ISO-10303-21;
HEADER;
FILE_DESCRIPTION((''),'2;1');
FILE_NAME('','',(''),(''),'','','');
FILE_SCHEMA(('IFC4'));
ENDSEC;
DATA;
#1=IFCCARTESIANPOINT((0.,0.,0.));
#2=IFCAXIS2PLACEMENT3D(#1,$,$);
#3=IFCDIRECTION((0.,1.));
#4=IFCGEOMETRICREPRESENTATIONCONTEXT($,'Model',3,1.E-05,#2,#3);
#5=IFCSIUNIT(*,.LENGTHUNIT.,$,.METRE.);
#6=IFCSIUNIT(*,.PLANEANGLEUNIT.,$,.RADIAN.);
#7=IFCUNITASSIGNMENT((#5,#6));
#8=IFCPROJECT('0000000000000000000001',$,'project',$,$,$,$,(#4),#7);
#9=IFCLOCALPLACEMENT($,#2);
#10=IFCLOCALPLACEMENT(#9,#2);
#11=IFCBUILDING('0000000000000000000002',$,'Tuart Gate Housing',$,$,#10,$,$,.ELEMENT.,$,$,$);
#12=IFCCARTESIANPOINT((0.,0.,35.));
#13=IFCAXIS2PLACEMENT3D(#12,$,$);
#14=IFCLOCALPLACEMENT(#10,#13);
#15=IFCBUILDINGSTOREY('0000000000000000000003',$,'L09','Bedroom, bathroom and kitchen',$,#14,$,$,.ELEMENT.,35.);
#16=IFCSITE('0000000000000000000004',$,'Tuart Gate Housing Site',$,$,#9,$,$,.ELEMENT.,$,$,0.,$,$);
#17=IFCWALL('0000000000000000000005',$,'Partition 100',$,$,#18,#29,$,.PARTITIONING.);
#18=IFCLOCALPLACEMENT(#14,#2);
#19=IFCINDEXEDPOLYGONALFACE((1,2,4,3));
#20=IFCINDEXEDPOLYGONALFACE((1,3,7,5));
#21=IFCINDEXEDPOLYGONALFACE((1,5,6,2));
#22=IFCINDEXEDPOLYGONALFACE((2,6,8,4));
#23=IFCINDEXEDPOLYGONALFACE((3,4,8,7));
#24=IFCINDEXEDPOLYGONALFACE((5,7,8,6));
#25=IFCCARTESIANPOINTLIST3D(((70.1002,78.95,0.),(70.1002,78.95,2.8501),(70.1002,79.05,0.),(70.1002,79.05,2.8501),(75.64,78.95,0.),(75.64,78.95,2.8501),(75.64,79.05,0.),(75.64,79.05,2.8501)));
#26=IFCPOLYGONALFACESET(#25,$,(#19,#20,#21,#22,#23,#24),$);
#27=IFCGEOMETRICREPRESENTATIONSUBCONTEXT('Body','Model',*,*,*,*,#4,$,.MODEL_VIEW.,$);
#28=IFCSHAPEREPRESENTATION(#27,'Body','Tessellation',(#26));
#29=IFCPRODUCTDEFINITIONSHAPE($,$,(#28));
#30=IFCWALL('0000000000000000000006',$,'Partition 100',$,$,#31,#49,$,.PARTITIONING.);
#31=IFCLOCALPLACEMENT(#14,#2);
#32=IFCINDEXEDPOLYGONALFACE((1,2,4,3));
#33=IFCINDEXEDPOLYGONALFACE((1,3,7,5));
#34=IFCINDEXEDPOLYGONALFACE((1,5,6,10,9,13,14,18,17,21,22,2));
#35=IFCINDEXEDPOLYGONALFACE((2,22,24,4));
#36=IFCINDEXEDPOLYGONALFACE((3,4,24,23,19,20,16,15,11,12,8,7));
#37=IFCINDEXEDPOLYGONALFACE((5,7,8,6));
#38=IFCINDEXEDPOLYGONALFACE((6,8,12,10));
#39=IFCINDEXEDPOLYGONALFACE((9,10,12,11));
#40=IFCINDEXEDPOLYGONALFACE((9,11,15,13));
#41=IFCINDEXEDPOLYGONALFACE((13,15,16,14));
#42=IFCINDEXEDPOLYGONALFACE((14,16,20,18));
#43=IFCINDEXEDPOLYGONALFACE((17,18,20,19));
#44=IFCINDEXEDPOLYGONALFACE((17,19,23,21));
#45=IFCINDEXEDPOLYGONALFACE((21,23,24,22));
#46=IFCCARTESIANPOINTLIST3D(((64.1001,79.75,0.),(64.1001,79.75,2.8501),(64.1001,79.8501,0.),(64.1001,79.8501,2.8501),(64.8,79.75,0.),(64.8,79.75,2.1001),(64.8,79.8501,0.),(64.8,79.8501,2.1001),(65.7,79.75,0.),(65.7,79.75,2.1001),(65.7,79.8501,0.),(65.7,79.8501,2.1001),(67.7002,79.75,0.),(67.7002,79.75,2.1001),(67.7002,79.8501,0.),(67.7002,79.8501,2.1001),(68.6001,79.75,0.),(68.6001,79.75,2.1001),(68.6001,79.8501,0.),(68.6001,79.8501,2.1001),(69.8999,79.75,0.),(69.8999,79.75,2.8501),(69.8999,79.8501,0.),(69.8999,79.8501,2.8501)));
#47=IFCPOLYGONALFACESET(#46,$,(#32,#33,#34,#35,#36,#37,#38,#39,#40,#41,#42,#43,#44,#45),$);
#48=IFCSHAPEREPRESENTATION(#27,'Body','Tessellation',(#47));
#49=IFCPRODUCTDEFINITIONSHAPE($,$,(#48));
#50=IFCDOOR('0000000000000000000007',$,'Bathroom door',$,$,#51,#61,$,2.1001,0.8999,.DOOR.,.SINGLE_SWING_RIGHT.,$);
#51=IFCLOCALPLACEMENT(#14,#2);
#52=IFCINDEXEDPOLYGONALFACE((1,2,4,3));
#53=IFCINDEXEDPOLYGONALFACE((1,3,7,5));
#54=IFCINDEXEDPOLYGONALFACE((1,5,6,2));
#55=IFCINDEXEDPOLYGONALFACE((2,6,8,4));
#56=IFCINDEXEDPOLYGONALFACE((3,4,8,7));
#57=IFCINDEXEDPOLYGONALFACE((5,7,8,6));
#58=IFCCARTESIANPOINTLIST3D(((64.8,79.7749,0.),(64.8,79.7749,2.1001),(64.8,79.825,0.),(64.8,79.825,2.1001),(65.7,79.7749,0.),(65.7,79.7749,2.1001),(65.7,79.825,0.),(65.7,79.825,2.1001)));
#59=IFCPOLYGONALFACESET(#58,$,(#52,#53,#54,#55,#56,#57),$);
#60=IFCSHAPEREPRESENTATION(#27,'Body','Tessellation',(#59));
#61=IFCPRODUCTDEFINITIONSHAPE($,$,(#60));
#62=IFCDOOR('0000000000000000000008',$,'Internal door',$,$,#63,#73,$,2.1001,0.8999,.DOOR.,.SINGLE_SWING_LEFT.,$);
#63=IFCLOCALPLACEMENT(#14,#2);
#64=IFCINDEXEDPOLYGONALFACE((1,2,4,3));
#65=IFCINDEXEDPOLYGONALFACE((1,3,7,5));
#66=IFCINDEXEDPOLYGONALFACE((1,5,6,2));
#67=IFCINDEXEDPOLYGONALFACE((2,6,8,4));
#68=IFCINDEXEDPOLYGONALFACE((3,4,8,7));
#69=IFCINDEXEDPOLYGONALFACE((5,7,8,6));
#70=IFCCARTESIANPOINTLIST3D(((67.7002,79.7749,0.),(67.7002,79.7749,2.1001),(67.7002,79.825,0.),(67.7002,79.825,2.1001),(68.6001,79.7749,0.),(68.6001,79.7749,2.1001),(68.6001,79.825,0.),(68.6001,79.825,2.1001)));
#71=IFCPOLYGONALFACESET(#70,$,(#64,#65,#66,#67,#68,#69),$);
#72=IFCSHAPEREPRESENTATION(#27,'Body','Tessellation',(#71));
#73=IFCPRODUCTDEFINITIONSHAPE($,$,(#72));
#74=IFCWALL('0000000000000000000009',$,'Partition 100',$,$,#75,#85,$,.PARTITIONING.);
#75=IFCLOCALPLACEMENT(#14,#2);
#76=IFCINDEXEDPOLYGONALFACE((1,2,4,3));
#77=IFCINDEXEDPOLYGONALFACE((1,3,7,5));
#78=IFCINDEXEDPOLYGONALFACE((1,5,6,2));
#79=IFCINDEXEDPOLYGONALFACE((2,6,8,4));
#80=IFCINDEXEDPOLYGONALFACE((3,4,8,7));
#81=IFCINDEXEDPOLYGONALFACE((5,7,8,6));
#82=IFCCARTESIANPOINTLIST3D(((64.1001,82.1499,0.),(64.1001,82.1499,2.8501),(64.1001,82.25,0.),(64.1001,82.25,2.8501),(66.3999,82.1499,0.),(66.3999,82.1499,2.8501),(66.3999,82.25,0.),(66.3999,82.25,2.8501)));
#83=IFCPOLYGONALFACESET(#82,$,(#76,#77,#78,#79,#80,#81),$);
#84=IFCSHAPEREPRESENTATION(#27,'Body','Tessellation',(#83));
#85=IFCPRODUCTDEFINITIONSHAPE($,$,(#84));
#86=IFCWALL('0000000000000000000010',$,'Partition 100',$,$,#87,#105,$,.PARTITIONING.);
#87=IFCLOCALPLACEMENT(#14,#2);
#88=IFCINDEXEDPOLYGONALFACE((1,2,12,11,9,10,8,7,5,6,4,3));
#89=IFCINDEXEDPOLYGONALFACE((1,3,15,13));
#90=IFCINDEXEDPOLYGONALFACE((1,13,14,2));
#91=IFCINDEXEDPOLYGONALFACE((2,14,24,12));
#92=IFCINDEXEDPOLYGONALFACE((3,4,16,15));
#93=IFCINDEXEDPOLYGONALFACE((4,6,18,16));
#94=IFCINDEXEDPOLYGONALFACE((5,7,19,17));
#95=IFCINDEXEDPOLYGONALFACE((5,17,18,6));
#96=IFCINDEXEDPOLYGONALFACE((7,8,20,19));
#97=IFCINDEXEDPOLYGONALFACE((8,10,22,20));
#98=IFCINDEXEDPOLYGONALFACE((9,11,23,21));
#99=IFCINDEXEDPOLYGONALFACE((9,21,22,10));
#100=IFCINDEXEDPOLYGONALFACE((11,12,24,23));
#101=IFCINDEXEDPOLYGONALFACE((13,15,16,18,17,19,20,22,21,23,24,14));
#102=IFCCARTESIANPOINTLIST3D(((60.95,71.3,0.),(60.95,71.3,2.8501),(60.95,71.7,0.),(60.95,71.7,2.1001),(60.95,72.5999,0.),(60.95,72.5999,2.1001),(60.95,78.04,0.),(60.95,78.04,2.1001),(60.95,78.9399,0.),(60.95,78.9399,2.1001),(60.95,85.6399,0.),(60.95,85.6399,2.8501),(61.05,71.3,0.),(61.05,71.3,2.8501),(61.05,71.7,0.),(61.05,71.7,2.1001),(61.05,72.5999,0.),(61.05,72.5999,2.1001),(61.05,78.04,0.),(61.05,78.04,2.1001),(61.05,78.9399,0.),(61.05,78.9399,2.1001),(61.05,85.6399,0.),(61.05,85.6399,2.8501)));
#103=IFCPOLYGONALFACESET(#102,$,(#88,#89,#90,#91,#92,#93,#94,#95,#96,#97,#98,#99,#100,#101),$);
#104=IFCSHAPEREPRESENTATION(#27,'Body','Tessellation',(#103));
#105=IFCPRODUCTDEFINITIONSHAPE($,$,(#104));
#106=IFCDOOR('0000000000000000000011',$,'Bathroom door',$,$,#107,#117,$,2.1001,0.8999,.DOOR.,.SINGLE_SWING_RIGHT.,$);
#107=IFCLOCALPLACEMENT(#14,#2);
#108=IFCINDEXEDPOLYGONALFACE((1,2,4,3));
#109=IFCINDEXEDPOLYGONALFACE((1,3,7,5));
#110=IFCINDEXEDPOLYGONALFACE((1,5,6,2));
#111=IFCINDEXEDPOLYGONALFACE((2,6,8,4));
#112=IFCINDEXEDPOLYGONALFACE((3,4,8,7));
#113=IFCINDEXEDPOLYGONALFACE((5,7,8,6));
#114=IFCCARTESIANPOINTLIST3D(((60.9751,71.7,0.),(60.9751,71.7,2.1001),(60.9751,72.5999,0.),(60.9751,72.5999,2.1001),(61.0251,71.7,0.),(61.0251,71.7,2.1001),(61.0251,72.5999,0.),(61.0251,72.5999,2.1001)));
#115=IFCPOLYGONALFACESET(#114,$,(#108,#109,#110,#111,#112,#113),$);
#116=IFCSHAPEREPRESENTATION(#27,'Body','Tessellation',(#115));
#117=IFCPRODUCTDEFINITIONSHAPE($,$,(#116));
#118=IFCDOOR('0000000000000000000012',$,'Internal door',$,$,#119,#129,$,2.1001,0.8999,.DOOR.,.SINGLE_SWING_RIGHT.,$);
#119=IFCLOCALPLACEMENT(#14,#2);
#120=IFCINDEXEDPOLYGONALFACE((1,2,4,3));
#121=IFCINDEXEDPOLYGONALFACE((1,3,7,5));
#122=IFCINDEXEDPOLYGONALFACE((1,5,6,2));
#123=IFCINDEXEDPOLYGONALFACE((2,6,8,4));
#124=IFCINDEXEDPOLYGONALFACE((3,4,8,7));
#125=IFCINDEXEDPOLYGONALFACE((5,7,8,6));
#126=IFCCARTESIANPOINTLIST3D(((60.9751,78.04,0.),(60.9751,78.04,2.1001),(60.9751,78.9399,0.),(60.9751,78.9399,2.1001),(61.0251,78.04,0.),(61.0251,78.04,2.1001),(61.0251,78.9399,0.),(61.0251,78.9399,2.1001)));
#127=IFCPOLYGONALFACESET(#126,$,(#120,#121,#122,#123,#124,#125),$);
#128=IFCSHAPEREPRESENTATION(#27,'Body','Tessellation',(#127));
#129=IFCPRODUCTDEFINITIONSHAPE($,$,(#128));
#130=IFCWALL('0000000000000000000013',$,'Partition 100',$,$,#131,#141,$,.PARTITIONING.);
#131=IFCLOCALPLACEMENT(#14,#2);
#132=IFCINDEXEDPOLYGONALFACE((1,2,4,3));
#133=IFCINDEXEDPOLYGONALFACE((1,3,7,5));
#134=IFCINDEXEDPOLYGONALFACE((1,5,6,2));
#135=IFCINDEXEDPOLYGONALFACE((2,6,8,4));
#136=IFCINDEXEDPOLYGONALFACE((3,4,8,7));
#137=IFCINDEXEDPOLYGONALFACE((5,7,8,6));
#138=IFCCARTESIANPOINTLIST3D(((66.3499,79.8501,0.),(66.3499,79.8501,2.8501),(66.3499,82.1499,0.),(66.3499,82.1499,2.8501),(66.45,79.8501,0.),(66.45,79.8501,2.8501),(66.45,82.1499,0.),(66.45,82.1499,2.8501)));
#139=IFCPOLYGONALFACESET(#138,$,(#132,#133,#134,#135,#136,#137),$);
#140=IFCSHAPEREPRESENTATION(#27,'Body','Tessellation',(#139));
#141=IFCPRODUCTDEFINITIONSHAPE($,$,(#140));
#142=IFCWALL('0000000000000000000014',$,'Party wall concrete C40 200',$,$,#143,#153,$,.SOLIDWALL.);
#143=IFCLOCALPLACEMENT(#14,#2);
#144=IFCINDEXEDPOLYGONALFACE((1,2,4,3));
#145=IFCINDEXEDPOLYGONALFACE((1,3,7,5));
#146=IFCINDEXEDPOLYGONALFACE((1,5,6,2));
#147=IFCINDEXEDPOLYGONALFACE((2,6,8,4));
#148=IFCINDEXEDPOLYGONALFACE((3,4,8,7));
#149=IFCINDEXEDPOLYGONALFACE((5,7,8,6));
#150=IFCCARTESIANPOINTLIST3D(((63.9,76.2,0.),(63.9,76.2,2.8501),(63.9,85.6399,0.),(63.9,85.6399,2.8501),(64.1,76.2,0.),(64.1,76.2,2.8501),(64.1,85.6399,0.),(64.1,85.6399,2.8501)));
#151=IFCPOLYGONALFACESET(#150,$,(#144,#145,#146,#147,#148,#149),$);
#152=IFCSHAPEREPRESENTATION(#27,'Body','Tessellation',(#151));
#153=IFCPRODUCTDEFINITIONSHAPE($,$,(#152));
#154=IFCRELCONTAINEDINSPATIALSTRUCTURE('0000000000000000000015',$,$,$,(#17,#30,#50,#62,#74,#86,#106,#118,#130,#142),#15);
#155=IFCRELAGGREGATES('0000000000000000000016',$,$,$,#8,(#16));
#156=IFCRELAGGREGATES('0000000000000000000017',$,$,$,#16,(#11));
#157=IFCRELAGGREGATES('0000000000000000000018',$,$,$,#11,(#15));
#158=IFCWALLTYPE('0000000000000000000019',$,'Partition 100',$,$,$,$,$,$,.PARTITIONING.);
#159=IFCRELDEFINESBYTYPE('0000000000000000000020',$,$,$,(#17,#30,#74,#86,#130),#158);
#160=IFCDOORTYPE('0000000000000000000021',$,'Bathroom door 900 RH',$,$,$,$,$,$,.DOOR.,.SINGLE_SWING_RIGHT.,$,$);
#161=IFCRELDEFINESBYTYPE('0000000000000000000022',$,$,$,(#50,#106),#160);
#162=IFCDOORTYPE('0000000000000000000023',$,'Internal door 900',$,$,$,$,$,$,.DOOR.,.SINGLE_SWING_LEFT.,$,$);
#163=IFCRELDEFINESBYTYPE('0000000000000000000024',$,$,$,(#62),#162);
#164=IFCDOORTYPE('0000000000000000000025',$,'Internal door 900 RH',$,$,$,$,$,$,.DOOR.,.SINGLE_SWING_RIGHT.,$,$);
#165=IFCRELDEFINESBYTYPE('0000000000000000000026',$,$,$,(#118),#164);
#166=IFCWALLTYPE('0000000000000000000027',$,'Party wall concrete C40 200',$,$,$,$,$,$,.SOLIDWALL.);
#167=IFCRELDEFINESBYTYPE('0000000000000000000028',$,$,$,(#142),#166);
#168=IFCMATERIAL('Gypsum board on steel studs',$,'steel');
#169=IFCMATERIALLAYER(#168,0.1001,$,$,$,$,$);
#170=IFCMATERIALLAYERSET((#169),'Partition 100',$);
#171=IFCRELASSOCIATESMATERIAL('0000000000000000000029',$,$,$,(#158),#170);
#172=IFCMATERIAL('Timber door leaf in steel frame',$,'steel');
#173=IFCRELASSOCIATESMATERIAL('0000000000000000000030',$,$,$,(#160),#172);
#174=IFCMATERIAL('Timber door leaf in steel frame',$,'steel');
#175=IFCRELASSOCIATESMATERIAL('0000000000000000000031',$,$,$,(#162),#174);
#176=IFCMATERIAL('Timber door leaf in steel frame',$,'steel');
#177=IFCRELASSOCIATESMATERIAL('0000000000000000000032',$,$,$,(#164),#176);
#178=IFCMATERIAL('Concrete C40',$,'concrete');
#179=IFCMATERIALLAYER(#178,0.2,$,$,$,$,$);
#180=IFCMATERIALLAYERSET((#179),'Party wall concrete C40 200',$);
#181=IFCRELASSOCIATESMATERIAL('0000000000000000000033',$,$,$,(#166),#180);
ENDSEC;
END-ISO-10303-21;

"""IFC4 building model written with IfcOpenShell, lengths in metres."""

from ifc_helpers import new_model, si_unit, direction, frame, frame_2d, origin, place, context, subcontext, project, spatial, rectangle, extrude, material, layer, layer_set, type_object, element, fill, save


model = new_model("IFC4")

# Units and contexts
model_context = context("Model", 3, precision=1e-05, world=origin(), true_north=direction((0.0, 1.0)))
body_context = subcontext(model_context, "Body", "Model", "MODEL_VIEW")
ifc_project = project(units=[si_unit("LENGTHUNIT", "METRE"), si_unit("PLANEANGLEUNIT", "RADIAN")], contexts=[model_context])

# Site, building, storey
site_placement = place(None, origin())
site = spatial("IfcSite", under=ifc_project, at=site_placement, Name="Tuart Gate Housing Site", CompositionType="ELEMENT", RefElevation=0.0)
building_placement = place(site_placement, origin())
building = spatial("IfcBuilding", under=site, at=building_placement, Name="Tuart Gate Housing", CompositionType="ELEMENT")
storey_placement = place(building_placement, frame((0.0, 0.0, 35.0)))
storey = spatial("IfcBuildingStorey", under=building, at=storey_placement, Name="L09", Description="Bedroom, bathroom and kitchen", CompositionType="ELEMENT", Elevation=35.0)

# Wall
ifc_material_1 = material(Name="Gypsum board on steel studs", Category="steel")
ifc_layer_1 = layer(ifc_material_1, 0.1001)
ifc_layer_set_1 = layer_set([ifc_layer_1], Name="Partition 100")
wall_type_1 = type_object("IfcWallType", Name="Partition 100", PredefinedType="PARTITIONING", material=ifc_layer_set_1)
wall_1_placement = place(storey_placement, frame((70.1001, 79.0, 0.0), z_axis=(0.0, 0.0, 1.0), x_axis=(1.0, 0.0, 0.0)))
element("IfcWall", 1, at=wall_1_placement, inside=storey, type_object=wall_type_1, Name="Partition 100", PredefinedType="PARTITIONING", context=body_context, shape_type="SweptSolid", body=[
    extrude(rectangle(XDim=5.5398, YDim=0.1001, at=frame_2d((2.77, 0.0))), origin(), (0.0, 0.0, 1.0), 2.8501),
])

# Wall, openings, doors
wall_2_placement = place(storey_placement, frame((64.1001, 79.8, 0.0), z_axis=(0.0, 0.0, 1.0), x_axis=(1.0, 0.0, 0.0)))
wall_2 = element("IfcWall", 2, at=wall_2_placement, inside=storey, type_object=wall_type_1, Name="Partition 100", PredefinedType="PARTITIONING", context=body_context, shape_type="SweptSolid", body=[
    extrude(rectangle(XDim=5.7998, YDim=0.1001, at=frame_2d((2.8999, 0.0))), origin(), (0.0, 0.0, 1.0), 2.8501),
])
opening_1_placement = place(wall_2_placement, frame((3.6001, 0.0, 0.0)))
opening_1 = element("IfcOpeningElement", 3, at=opening_1_placement, cuts=wall_2, PredefinedType="OPENING", context=body_context, shape_type="SweptSolid", body=[
    extrude(rectangle(XDim=0.8999, YDim=2.1001, at=frame_2d((0.45, 1.05))), frame((0.0, 0.0601, 0.0), z_axis=(0.0, -1.0, 0.0), x_axis=(1.0, 0.0, 0.0)), (0.0, 0.0, 1.0), 0.1201),
])
opening_2_placement = place(wall_2_placement, frame((0.7, 0.0, 0.0)))
opening_2 = element("IfcOpeningElement", 4, at=opening_2_placement, cuts=wall_2, PredefinedType="OPENING", context=body_context, shape_type="SweptSolid", body=[
    extrude(rectangle(XDim=0.8999, YDim=2.1001, at=frame_2d((0.45, 1.05))), frame((0.0, 0.0601, 0.0), z_axis=(0.0, -1.0, 0.0), x_axis=(1.0, 0.0, 0.0)), (0.0, 0.0, 1.0), 0.1201),
])
ifc_material_2 = material(Name="Timber door leaf in steel frame", Category="steel")
door_type_1 = type_object("IfcDoorType", Name="Bathroom door 900 RH", OperationType="SINGLE_SWING_RIGHT", PredefinedType="DOOR", material=ifc_material_2)
door_1_placement = place(opening_2_placement, origin())
door_1 = element("IfcDoor", 5, at=door_1_placement, inside=storey, type_object=door_type_1, Name="Bathroom door", OperationType="SINGLE_SWING_RIGHT", OverallHeight=2.1001, OverallWidth=0.8999, PredefinedType="DOOR", context=body_context, shape_type="SweptSolid", body=[
    extrude(rectangle(XDim=0.8999, YDim=2.1001, at=frame_2d((0.45, 1.05))), frame((0.0, 0.0249, 0.0), z_axis=(0.0, -1.0, 0.0), x_axis=(1.0, 0.0, 0.0)), (0.0, 0.0, 1.0), 0.05),
])
fill(opening_2, door_1)
ifc_material_3 = material(Name="Timber door leaf in steel frame", Category="steel")
door_type_2 = type_object("IfcDoorType", Name="Internal door 900", OperationType="SINGLE_SWING_LEFT", PredefinedType="DOOR", material=ifc_material_3)
door_2_placement = place(opening_1_placement, frame((0.8999, 0.0, 0.0), z_axis=(0.0, 0.0, 1.0), x_axis=(-1.0, 0.0, 0.0)))
door_2 = element("IfcDoor", 6, at=door_2_placement, inside=storey, type_object=door_type_2, Name="Internal door", OperationType="SINGLE_SWING_LEFT", OverallHeight=2.1001, OverallWidth=0.8999, PredefinedType="DOOR", context=body_context, shape_type="SweptSolid", body=[
    extrude(rectangle(XDim=0.8999, YDim=2.1001, at=frame_2d((0.45, 1.05))), frame((0.0, 0.0251, 0.0), z_axis=(0.0, -1.0, 0.0), x_axis=(1.0, 0.0, 0.0)), (0.0, 0.0, 1.0), 0.05),
])
fill(opening_1, door_2)

# Wall
wall_3_placement = place(storey_placement, frame((64.1001, 82.2, 0.0), z_axis=(0.0, 0.0, 1.0), x_axis=(1.0, 0.0, 0.0)))
element("IfcWall", 7, at=wall_3_placement, inside=storey, type_object=wall_type_1, Name="Partition 100", PredefinedType="PARTITIONING", context=body_context, shape_type="SweptSolid", body=[
    extrude(rectangle(XDim=2.2998, YDim=0.1001, at=frame_2d((1.1499, 0.0))), origin(), (0.0, 0.0, 1.0), 2.8501),
])

# Wall, openings, doors
wall_4_placement = place(storey_placement, frame((61.0, 71.3, 0.0), z_axis=(0.0, 0.0, 1.0), x_axis=(0.0, 1.0, 0.0)))
wall_4 = element("IfcWall", 8, at=wall_4_placement, inside=storey, type_object=wall_type_1, Name="Partition 100", PredefinedType="PARTITIONING", context=body_context, shape_type="SweptSolid", body=[
    extrude(rectangle(XDim=14.3398, YDim=0.1001, at=frame_2d((7.1699, 0.0))), origin(), (0.0, 0.0, 1.0), 2.8501),
])
opening_3_placement = place(wall_4_placement, frame((6.74, 0.0, 0.0)))
opening_3 = element("IfcOpeningElement", 9, at=opening_3_placement, cuts=wall_4, PredefinedType="OPENING", context=body_context, shape_type="SweptSolid", body=[
    extrude(rectangle(XDim=0.8999, YDim=2.1001, at=frame_2d((0.45, 1.05))), frame((0.0, 0.0601, 0.0), z_axis=(0.0, -1.0, 0.0), x_axis=(1.0, 0.0, 0.0)), (0.0, 0.0, 1.0), 0.1201),
])
opening_4_placement = place(wall_4_placement, frame((0.3999, 0.0, 0.0)))
opening_4 = element("IfcOpeningElement", 10, at=opening_4_placement, cuts=wall_4, PredefinedType="OPENING", context=body_context, shape_type="SweptSolid", body=[
    extrude(rectangle(XDim=0.8999, YDim=2.1001, at=frame_2d((0.45, 1.05))), frame((0.0, 0.0601, 0.0), z_axis=(0.0, -1.0, 0.0), x_axis=(1.0, 0.0, 0.0)), (0.0, 0.0, 1.0), 0.1201),
])
door_3_placement = place(opening_4_placement, frame((0.8999, 0.0, 0.0), z_axis=(0.0, 0.0, 1.0), x_axis=(-1.0, 0.0, 0.0)))
door_3 = element("IfcDoor", 11, at=door_3_placement, inside=storey, type_object=door_type_1, Name="Bathroom door", OperationType="SINGLE_SWING_RIGHT", OverallHeight=2.1001, OverallWidth=0.8999, PredefinedType="DOOR", context=body_context, shape_type="SweptSolid", body=[
    extrude(rectangle(XDim=0.8999, YDim=2.1001, at=frame_2d((0.45, 1.05))), frame((0.0, 0.0251, 0.0), z_axis=(0.0, -1.0, 0.0), x_axis=(1.0, 0.0, 0.0)), (0.0, 0.0, 1.0), 0.05),
])
fill(opening_4, door_3)
ifc_material_4 = material(Name="Timber door leaf in steel frame", Category="steel")
door_type_3 = type_object("IfcDoorType", Name="Internal door 900 RH", OperationType="SINGLE_SWING_RIGHT", PredefinedType="DOOR", material=ifc_material_4)
door_4_placement = place(opening_3_placement, frame((0.8999, 0.0, 0.0), z_axis=(0.0, 0.0, 1.0), x_axis=(-1.0, 0.0, 0.0)))
door_4 = element("IfcDoor", 12, at=door_4_placement, inside=storey, type_object=door_type_3, Name="Internal door", OperationType="SINGLE_SWING_RIGHT", OverallHeight=2.1001, OverallWidth=0.8999, PredefinedType="DOOR", context=body_context, shape_type="SweptSolid", body=[
    extrude(rectangle(XDim=0.8999, YDim=2.1001, at=frame_2d((0.45, 1.05))), frame((0.0, 0.0251, 0.0), z_axis=(0.0, -1.0, 0.0), x_axis=(1.0, 0.0, 0.0)), (0.0, 0.0, 1.0), 0.05),
])
fill(opening_3, door_4)

# Walls
wall_5_placement = place(storey_placement, frame((66.3999, 79.8501, 0.0), z_axis=(0.0, 0.0, 1.0), x_axis=(0.0, 1.0, 0.0)))
element("IfcWall", 13, at=wall_5_placement, inside=storey, type_object=wall_type_1, Name="Partition 100", PredefinedType="PARTITIONING", context=body_context, shape_type="SweptSolid", body=[
    extrude(rectangle(XDim=2.2998, YDim=0.1001, at=frame_2d((1.1499, 0.0))), origin(), (0.0, 0.0, 1.0), 2.8501),
])
ifc_material_5 = material(Name="Concrete C40", Category="concrete")
ifc_layer_2 = layer(ifc_material_5, 0.2)
ifc_layer_set_2 = layer_set([ifc_layer_2], Name="Party wall concrete C40 200")
wall_type_2 = type_object("IfcWallType", Name="Party wall concrete C40 200", PredefinedType="SOLIDWALL", material=ifc_layer_set_2)
wall_6_placement = place(storey_placement, frame((64.0, 76.2, 0.0), z_axis=(0.0, 0.0, 1.0), x_axis=(0.0, 1.0, 0.0)))
element("IfcWall", 14, at=wall_6_placement, inside=storey, type_object=wall_type_2, Name="Party wall concrete C40 200", PredefinedType="SOLIDWALL", context=body_context, shape_type="SweptSolid", body=[
    extrude(rectangle(XDim=9.4399, YDim=0.2, at=frame_2d((4.72, 0.0))), origin(), (0.0, 0.0, 1.0), 2.8501),
])

save(model, "model.ifc")
